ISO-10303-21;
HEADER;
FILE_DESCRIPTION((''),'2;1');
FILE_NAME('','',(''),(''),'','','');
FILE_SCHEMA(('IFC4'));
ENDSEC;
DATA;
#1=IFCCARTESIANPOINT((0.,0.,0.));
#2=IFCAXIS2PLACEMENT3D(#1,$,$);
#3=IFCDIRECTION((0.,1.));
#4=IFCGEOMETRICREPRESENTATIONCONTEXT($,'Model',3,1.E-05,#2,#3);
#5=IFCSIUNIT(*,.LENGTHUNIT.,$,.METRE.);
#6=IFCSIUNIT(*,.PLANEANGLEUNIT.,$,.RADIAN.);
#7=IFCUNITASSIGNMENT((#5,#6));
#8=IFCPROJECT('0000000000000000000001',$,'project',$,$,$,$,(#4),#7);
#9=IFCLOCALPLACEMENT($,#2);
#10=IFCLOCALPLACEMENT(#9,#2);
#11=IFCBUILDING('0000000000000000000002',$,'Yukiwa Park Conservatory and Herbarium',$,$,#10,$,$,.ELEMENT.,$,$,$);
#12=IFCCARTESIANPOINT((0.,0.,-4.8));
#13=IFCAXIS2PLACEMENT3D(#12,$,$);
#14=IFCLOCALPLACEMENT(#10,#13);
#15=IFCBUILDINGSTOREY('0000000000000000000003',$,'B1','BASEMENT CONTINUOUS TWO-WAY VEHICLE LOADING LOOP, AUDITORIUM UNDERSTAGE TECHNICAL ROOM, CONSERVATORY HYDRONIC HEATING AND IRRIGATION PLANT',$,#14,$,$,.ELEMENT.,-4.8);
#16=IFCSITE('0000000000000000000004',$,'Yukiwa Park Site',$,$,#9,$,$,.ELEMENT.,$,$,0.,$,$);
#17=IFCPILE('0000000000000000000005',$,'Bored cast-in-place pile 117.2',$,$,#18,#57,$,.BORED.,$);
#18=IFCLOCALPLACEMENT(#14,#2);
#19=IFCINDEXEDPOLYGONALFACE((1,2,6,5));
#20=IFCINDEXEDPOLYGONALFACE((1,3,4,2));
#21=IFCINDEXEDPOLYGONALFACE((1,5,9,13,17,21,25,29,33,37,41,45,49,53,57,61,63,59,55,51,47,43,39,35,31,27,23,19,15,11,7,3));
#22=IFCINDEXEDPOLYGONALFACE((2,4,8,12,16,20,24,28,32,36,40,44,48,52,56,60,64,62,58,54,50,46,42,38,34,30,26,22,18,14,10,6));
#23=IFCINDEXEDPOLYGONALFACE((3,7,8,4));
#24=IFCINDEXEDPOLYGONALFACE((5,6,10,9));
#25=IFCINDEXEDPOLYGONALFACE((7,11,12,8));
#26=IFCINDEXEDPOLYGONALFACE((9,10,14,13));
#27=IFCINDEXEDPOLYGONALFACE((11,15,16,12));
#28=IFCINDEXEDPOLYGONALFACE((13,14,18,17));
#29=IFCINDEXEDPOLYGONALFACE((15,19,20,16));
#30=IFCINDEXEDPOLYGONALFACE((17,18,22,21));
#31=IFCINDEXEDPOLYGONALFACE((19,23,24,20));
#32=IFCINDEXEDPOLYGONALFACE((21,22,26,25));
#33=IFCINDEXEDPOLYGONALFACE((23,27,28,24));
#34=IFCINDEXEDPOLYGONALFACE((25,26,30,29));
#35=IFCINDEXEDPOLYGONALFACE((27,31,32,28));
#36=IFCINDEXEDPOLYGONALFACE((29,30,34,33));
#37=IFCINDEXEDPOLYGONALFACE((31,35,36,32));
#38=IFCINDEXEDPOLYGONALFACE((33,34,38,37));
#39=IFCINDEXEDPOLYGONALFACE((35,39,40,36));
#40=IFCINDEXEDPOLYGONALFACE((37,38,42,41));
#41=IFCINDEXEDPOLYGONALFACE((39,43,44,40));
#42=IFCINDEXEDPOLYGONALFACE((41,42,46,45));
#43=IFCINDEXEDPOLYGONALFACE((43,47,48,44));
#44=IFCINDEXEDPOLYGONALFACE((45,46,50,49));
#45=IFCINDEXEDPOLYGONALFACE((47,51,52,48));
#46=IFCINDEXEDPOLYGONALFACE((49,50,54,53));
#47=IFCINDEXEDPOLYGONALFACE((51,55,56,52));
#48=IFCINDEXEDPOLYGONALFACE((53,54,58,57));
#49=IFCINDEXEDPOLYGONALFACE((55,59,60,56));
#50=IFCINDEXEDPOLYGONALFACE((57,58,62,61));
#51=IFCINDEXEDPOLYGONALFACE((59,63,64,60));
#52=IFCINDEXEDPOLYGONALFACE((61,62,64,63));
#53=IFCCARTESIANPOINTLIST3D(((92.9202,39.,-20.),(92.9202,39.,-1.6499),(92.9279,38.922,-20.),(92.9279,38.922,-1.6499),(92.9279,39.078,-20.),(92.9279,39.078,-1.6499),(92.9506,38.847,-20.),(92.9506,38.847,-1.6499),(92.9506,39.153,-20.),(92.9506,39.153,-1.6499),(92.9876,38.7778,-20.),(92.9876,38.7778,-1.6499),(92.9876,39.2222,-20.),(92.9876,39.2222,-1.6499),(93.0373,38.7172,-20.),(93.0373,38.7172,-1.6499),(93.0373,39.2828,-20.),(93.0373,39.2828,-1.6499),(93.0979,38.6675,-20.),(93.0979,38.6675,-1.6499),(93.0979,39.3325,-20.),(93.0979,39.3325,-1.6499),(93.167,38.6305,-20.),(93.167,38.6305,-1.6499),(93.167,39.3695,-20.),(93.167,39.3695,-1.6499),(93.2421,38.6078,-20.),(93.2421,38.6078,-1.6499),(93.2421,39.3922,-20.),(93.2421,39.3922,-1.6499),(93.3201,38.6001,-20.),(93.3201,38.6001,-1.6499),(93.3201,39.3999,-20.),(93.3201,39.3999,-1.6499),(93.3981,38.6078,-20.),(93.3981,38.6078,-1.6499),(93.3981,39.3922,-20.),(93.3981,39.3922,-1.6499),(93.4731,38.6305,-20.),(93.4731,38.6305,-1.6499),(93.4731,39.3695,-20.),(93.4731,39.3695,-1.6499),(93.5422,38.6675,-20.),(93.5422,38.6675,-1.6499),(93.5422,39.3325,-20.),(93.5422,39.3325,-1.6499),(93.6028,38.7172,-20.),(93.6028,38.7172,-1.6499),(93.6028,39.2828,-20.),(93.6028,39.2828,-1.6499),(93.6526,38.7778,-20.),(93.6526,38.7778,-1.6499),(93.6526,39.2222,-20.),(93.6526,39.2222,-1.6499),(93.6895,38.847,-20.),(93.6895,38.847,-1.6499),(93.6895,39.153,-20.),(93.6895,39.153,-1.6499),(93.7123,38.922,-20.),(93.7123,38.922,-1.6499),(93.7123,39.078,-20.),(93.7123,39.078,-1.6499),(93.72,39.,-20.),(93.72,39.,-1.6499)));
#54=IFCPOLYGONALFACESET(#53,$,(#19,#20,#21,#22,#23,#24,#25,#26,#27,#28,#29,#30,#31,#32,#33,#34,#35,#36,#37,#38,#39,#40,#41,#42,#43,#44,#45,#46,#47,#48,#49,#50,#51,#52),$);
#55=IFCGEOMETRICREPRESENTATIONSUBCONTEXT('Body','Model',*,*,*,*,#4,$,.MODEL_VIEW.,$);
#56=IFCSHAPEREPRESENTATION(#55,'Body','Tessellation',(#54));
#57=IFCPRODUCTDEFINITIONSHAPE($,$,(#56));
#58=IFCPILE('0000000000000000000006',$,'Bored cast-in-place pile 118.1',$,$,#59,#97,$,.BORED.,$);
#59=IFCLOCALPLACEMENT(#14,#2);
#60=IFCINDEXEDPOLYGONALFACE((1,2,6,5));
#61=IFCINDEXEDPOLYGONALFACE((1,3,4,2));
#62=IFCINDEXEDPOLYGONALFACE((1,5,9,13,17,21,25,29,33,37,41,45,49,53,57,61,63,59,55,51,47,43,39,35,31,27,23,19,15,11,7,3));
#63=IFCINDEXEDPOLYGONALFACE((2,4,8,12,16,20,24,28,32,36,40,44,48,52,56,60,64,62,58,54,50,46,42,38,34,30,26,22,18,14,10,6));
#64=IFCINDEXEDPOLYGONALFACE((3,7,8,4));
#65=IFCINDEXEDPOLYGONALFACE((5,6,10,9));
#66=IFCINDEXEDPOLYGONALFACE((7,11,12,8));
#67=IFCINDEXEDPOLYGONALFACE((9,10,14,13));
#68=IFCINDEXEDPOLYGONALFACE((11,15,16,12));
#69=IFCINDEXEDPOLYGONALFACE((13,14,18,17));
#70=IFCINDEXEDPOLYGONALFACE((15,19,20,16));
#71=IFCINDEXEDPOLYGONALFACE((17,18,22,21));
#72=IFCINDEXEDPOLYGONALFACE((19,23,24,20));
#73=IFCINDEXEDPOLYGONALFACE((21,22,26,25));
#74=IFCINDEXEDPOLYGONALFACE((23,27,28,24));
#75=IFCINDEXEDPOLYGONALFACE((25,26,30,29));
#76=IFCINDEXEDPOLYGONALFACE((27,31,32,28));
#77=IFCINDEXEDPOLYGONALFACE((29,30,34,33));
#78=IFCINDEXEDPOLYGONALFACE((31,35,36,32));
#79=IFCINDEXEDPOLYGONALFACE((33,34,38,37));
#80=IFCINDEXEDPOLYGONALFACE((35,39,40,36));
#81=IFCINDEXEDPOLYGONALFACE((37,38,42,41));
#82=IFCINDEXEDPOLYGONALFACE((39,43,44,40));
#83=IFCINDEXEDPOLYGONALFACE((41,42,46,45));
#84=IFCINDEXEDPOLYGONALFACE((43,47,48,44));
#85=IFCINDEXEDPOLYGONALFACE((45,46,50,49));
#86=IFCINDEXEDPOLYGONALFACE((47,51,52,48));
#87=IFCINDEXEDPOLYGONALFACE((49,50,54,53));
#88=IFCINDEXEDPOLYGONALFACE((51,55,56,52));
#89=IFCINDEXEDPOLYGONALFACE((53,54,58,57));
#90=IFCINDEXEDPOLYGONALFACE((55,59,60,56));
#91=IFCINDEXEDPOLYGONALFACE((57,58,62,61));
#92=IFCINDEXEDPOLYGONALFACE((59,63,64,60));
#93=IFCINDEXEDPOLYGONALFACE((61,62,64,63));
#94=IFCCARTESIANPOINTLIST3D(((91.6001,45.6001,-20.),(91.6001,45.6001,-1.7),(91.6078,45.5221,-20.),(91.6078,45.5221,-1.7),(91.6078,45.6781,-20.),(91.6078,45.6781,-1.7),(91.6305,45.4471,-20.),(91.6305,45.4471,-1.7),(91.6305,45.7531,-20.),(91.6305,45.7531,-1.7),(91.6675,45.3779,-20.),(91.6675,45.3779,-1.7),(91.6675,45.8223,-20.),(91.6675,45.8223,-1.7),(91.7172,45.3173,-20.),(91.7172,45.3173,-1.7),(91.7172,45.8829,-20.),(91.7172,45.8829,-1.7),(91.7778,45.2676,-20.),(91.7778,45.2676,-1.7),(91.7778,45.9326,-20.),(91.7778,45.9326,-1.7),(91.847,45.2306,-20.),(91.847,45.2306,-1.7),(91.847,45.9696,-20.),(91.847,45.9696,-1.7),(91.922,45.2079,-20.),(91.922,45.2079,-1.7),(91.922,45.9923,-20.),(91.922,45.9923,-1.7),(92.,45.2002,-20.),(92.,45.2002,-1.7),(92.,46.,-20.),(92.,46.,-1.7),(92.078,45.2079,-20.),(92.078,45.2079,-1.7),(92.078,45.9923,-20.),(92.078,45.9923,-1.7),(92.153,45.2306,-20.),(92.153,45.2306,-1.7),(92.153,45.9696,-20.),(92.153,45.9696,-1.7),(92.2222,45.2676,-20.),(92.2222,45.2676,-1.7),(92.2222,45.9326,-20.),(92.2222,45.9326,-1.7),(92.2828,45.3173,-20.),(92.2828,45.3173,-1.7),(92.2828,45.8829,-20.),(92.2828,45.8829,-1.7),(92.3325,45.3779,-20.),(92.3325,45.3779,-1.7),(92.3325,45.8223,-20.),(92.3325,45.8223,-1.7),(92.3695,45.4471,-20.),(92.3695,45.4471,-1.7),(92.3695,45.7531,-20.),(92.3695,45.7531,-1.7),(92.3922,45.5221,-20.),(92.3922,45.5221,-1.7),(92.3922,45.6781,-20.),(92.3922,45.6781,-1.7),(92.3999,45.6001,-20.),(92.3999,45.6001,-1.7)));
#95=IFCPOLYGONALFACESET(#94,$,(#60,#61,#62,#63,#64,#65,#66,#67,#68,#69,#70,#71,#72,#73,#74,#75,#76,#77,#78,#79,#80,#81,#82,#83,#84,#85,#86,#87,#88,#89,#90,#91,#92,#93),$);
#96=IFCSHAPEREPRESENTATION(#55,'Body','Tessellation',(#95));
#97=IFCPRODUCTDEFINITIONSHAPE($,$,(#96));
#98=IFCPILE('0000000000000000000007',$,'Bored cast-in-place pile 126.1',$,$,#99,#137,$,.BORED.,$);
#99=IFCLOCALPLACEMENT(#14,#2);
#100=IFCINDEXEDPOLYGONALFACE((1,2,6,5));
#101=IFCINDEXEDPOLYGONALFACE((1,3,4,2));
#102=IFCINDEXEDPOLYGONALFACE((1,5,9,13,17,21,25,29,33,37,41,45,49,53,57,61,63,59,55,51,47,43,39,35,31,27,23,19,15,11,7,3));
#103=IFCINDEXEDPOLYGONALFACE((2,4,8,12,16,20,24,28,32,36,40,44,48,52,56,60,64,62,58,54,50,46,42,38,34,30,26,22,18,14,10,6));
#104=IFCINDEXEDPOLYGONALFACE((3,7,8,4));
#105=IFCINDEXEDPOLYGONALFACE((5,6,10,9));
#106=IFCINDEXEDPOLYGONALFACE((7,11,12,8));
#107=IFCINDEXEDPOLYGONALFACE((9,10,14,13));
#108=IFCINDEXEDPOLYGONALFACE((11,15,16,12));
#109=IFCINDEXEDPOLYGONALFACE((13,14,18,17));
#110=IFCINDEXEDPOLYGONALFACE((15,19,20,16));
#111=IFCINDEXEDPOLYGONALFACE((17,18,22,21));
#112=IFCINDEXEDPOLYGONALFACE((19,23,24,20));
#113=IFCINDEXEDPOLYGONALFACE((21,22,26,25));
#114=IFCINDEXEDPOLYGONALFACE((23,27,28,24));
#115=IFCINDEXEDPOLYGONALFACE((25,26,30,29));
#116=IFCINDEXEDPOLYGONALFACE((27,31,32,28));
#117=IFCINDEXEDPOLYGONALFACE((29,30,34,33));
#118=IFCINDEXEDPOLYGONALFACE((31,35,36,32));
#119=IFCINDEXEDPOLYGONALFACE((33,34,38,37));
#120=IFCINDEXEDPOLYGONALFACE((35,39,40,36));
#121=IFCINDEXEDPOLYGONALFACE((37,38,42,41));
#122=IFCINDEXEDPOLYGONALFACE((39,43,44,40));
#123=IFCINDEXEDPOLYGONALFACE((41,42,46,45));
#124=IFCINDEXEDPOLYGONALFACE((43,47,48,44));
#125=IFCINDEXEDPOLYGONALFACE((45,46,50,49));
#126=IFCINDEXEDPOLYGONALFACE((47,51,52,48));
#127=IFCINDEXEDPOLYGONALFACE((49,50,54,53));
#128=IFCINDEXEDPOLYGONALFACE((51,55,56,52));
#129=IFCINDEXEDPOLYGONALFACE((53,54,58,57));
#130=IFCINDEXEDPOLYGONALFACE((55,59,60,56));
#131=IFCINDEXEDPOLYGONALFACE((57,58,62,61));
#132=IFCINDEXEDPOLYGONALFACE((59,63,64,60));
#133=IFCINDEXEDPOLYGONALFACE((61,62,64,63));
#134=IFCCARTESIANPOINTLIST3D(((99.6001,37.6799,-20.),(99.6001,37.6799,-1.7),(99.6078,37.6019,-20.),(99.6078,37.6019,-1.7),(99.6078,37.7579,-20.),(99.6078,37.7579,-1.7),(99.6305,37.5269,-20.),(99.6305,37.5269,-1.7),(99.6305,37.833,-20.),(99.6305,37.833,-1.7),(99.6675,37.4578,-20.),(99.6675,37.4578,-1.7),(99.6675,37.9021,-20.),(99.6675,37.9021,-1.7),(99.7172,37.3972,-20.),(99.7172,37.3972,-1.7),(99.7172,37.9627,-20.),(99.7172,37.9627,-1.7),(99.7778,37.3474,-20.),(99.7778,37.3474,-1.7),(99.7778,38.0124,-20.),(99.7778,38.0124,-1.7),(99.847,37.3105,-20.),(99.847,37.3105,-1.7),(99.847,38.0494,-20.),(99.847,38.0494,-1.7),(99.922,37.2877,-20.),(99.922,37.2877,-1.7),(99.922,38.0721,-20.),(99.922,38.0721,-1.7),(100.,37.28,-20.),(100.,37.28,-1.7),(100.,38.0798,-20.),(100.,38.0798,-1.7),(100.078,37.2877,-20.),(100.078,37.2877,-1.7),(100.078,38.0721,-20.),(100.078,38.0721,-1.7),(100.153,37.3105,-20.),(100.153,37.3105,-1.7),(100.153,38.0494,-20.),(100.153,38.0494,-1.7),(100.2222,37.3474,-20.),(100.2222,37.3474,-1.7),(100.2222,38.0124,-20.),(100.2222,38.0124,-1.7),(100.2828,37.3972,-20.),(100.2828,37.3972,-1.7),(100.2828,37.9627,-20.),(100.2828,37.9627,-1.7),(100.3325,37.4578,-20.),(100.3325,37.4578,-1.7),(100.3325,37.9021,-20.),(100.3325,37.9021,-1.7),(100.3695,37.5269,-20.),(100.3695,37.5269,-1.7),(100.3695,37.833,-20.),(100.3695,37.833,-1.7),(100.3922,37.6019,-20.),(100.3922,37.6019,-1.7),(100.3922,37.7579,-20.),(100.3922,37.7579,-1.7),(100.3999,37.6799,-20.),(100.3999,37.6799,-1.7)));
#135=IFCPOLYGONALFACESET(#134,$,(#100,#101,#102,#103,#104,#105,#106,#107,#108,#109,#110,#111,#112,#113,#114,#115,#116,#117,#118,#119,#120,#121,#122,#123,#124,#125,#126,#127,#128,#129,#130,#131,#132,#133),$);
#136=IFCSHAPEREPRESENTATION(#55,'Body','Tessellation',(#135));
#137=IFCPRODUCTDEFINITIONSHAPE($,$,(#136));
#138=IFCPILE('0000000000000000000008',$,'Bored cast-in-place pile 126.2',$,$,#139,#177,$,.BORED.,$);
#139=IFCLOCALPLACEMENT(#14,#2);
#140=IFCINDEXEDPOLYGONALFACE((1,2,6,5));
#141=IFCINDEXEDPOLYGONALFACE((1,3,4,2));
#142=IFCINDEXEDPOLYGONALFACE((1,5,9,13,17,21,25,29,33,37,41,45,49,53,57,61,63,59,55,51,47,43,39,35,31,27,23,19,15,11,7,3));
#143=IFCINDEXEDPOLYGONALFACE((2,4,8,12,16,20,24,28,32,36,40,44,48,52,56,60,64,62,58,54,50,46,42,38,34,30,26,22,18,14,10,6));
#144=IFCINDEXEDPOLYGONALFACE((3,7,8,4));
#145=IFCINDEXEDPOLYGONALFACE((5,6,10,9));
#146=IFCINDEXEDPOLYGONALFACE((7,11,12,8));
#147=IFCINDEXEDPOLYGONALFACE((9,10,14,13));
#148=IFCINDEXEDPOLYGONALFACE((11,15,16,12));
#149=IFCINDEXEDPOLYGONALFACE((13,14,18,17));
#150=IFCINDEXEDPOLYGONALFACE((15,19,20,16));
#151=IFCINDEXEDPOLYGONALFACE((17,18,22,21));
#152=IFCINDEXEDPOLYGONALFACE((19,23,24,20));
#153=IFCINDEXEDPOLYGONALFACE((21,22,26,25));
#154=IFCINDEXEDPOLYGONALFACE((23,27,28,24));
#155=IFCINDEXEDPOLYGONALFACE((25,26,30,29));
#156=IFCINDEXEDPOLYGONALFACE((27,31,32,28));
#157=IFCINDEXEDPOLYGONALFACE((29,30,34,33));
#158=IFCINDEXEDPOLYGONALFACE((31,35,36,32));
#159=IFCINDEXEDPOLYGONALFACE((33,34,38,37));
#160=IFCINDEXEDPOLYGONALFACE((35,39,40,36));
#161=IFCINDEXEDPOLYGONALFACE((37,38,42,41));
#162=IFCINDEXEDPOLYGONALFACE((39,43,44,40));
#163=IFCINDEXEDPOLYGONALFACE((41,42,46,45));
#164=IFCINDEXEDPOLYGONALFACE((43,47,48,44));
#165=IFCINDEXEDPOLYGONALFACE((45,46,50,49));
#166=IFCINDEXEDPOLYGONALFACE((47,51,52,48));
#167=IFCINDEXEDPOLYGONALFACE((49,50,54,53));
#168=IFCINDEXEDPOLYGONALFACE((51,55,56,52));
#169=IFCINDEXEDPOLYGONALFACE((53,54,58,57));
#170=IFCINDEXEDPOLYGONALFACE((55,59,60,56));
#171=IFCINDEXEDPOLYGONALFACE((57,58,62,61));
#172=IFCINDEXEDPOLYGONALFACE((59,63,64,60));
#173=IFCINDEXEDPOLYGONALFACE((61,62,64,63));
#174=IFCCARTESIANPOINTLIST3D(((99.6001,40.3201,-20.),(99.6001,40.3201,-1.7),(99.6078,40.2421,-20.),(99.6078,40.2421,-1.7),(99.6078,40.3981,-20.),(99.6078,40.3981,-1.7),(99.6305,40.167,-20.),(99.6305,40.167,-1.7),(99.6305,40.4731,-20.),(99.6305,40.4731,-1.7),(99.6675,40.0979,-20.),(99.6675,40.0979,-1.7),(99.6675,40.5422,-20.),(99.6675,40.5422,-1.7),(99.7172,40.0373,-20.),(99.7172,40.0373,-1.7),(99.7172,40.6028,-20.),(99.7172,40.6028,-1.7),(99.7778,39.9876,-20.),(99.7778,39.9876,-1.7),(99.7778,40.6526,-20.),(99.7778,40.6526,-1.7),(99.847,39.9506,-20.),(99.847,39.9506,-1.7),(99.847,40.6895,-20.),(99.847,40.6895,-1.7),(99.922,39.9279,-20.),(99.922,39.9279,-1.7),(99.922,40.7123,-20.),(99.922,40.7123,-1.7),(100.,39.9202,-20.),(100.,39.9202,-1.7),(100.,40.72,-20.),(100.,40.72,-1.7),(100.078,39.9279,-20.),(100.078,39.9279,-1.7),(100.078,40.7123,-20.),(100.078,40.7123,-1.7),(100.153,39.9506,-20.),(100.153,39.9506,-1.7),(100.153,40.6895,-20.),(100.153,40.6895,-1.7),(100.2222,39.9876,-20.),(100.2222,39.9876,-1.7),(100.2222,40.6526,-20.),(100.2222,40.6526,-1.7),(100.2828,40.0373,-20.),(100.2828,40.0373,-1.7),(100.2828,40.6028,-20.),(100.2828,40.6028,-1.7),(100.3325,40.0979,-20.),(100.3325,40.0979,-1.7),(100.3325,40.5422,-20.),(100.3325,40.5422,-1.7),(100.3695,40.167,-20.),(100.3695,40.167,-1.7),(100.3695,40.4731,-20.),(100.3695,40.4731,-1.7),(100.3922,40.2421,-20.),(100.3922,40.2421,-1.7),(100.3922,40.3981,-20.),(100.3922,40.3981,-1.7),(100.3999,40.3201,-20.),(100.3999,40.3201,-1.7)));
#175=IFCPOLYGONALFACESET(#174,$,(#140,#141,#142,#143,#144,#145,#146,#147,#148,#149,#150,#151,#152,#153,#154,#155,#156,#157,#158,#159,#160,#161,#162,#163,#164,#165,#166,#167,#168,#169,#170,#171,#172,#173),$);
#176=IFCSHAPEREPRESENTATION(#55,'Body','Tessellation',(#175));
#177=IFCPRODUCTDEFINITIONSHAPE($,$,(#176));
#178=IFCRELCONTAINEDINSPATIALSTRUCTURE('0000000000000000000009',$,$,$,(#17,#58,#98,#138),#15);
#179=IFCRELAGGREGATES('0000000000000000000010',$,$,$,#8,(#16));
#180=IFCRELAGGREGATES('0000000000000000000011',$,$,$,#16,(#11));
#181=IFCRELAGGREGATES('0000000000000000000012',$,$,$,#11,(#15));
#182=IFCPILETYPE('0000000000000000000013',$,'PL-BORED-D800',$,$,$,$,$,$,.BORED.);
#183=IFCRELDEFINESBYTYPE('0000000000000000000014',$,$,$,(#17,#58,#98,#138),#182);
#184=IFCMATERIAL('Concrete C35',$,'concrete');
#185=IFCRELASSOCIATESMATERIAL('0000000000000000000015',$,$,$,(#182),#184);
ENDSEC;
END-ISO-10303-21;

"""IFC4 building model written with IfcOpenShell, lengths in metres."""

from ifc_helpers import new_model, si_unit, direction, frame, origin, origin_2d, place, context, subcontext, project, spatial, circle, extrude, material, material_profile, profile_set, type_object, element, save


model = new_model("IFC4")

# Units and contexts
model_context = context("Model", 3, precision=1e-05, world=origin(), true_north=direction((0.0, 1.0)))
body_context = subcontext(model_context, "Body", "Model", "MODEL_VIEW")
ifc_project = project(units=[si_unit("LENGTHUNIT", "METRE"), si_unit("PLANEANGLEUNIT", "RADIAN")], contexts=[model_context])

# Site, building, storey
site_placement = place(None, origin())
site = spatial("IfcSite", under=ifc_project, at=site_placement, Name="Yukiwa Park Site", CompositionType="ELEMENT", RefElevation=0.0)
building_placement = place(site_placement, origin())
building = spatial("IfcBuilding", under=site, at=building_placement, Name="Yukiwa Park Conservatory and Herbarium", CompositionType="ELEMENT")
storey_placement = place(building_placement, frame((0.0, 0.0, -4.8)))
storey = spatial("IfcBuildingStorey", under=building, at=storey_placement, Name="B1", Description="BASEMENT CONTINUOUS TWO-WAY VEHICLE LOADING LOOP, AUDITORIUM UNDERSTAGE TECHNICAL ROOM, CONSERVATORY HYDRONIC HEATING AND IRRIGATION PLANT", CompositionType="ELEMENT", Elevation=-4.8)

# Piles
ifc_material_1 = material(Name="Concrete C35", Category="concrete")
ifc_material_profile_1 = material_profile(ifc_material_1, circle(Radius=0.3999, at=origin_2d()), Name="PILE D800")
ifc_profile_set_1 = profile_set([ifc_material_profile_1], Name="Concrete C35")
pile_type_1 = type_object("IfcPileType", Name="PL-BORED-D800", PredefinedType="BORED", material=ifc_profile_set_1)
for number, where, z_axis, x_axis, name in (
    (1, (93.3201, 39.0, -1.6499), (0.0, 0.0, -1.0), (1.0, 0.0, 0.0), "Bored cast-in-place pile 117.2"),
):
    element("IfcPile", number, at=place(storey_placement, frame(where, z_axis=z_axis, x_axis=x_axis)), inside=storey, type_object=pile_type_1, Name=name, PredefinedType="BORED", context=body_context, shape_type="SweptSolid", body=[
        extrude(circle(Radius=0.3999, at=origin_2d()), origin(), (0.0, 0.0, 1.0), 18.3501),
    ])
for number, where, z_axis, x_axis, name in (
    (2, (92.0, 45.6001, -1.7), (0.0, 0.0, -1.0), (1.0, 0.0, 0.0), "Bored cast-in-place pile 118.1"),
    (3, (100.0, 37.6799, -1.7), (0.0, 0.0, -1.0), (1.0, 0.0, 0.0), "Bored cast-in-place pile 126.1"),
    (4, (100.0, 40.3201, -1.7), (0.0, 0.0, -1.0), (1.0, 0.0, 0.0), "Bored cast-in-place pile 126.2"),
):
    element("IfcPile", number, at=place(storey_placement, frame(where, z_axis=z_axis, x_axis=x_axis)), inside=storey, type_object=pile_type_1, Name=name, PredefinedType="BORED", context=body_context, shape_type="SweptSolid", body=[
        extrude(circle(Radius=0.3999, at=origin_2d()), origin(), (0.0, 0.0, 1.0), 18.3),
    ])

save(model, "model.ifc")
